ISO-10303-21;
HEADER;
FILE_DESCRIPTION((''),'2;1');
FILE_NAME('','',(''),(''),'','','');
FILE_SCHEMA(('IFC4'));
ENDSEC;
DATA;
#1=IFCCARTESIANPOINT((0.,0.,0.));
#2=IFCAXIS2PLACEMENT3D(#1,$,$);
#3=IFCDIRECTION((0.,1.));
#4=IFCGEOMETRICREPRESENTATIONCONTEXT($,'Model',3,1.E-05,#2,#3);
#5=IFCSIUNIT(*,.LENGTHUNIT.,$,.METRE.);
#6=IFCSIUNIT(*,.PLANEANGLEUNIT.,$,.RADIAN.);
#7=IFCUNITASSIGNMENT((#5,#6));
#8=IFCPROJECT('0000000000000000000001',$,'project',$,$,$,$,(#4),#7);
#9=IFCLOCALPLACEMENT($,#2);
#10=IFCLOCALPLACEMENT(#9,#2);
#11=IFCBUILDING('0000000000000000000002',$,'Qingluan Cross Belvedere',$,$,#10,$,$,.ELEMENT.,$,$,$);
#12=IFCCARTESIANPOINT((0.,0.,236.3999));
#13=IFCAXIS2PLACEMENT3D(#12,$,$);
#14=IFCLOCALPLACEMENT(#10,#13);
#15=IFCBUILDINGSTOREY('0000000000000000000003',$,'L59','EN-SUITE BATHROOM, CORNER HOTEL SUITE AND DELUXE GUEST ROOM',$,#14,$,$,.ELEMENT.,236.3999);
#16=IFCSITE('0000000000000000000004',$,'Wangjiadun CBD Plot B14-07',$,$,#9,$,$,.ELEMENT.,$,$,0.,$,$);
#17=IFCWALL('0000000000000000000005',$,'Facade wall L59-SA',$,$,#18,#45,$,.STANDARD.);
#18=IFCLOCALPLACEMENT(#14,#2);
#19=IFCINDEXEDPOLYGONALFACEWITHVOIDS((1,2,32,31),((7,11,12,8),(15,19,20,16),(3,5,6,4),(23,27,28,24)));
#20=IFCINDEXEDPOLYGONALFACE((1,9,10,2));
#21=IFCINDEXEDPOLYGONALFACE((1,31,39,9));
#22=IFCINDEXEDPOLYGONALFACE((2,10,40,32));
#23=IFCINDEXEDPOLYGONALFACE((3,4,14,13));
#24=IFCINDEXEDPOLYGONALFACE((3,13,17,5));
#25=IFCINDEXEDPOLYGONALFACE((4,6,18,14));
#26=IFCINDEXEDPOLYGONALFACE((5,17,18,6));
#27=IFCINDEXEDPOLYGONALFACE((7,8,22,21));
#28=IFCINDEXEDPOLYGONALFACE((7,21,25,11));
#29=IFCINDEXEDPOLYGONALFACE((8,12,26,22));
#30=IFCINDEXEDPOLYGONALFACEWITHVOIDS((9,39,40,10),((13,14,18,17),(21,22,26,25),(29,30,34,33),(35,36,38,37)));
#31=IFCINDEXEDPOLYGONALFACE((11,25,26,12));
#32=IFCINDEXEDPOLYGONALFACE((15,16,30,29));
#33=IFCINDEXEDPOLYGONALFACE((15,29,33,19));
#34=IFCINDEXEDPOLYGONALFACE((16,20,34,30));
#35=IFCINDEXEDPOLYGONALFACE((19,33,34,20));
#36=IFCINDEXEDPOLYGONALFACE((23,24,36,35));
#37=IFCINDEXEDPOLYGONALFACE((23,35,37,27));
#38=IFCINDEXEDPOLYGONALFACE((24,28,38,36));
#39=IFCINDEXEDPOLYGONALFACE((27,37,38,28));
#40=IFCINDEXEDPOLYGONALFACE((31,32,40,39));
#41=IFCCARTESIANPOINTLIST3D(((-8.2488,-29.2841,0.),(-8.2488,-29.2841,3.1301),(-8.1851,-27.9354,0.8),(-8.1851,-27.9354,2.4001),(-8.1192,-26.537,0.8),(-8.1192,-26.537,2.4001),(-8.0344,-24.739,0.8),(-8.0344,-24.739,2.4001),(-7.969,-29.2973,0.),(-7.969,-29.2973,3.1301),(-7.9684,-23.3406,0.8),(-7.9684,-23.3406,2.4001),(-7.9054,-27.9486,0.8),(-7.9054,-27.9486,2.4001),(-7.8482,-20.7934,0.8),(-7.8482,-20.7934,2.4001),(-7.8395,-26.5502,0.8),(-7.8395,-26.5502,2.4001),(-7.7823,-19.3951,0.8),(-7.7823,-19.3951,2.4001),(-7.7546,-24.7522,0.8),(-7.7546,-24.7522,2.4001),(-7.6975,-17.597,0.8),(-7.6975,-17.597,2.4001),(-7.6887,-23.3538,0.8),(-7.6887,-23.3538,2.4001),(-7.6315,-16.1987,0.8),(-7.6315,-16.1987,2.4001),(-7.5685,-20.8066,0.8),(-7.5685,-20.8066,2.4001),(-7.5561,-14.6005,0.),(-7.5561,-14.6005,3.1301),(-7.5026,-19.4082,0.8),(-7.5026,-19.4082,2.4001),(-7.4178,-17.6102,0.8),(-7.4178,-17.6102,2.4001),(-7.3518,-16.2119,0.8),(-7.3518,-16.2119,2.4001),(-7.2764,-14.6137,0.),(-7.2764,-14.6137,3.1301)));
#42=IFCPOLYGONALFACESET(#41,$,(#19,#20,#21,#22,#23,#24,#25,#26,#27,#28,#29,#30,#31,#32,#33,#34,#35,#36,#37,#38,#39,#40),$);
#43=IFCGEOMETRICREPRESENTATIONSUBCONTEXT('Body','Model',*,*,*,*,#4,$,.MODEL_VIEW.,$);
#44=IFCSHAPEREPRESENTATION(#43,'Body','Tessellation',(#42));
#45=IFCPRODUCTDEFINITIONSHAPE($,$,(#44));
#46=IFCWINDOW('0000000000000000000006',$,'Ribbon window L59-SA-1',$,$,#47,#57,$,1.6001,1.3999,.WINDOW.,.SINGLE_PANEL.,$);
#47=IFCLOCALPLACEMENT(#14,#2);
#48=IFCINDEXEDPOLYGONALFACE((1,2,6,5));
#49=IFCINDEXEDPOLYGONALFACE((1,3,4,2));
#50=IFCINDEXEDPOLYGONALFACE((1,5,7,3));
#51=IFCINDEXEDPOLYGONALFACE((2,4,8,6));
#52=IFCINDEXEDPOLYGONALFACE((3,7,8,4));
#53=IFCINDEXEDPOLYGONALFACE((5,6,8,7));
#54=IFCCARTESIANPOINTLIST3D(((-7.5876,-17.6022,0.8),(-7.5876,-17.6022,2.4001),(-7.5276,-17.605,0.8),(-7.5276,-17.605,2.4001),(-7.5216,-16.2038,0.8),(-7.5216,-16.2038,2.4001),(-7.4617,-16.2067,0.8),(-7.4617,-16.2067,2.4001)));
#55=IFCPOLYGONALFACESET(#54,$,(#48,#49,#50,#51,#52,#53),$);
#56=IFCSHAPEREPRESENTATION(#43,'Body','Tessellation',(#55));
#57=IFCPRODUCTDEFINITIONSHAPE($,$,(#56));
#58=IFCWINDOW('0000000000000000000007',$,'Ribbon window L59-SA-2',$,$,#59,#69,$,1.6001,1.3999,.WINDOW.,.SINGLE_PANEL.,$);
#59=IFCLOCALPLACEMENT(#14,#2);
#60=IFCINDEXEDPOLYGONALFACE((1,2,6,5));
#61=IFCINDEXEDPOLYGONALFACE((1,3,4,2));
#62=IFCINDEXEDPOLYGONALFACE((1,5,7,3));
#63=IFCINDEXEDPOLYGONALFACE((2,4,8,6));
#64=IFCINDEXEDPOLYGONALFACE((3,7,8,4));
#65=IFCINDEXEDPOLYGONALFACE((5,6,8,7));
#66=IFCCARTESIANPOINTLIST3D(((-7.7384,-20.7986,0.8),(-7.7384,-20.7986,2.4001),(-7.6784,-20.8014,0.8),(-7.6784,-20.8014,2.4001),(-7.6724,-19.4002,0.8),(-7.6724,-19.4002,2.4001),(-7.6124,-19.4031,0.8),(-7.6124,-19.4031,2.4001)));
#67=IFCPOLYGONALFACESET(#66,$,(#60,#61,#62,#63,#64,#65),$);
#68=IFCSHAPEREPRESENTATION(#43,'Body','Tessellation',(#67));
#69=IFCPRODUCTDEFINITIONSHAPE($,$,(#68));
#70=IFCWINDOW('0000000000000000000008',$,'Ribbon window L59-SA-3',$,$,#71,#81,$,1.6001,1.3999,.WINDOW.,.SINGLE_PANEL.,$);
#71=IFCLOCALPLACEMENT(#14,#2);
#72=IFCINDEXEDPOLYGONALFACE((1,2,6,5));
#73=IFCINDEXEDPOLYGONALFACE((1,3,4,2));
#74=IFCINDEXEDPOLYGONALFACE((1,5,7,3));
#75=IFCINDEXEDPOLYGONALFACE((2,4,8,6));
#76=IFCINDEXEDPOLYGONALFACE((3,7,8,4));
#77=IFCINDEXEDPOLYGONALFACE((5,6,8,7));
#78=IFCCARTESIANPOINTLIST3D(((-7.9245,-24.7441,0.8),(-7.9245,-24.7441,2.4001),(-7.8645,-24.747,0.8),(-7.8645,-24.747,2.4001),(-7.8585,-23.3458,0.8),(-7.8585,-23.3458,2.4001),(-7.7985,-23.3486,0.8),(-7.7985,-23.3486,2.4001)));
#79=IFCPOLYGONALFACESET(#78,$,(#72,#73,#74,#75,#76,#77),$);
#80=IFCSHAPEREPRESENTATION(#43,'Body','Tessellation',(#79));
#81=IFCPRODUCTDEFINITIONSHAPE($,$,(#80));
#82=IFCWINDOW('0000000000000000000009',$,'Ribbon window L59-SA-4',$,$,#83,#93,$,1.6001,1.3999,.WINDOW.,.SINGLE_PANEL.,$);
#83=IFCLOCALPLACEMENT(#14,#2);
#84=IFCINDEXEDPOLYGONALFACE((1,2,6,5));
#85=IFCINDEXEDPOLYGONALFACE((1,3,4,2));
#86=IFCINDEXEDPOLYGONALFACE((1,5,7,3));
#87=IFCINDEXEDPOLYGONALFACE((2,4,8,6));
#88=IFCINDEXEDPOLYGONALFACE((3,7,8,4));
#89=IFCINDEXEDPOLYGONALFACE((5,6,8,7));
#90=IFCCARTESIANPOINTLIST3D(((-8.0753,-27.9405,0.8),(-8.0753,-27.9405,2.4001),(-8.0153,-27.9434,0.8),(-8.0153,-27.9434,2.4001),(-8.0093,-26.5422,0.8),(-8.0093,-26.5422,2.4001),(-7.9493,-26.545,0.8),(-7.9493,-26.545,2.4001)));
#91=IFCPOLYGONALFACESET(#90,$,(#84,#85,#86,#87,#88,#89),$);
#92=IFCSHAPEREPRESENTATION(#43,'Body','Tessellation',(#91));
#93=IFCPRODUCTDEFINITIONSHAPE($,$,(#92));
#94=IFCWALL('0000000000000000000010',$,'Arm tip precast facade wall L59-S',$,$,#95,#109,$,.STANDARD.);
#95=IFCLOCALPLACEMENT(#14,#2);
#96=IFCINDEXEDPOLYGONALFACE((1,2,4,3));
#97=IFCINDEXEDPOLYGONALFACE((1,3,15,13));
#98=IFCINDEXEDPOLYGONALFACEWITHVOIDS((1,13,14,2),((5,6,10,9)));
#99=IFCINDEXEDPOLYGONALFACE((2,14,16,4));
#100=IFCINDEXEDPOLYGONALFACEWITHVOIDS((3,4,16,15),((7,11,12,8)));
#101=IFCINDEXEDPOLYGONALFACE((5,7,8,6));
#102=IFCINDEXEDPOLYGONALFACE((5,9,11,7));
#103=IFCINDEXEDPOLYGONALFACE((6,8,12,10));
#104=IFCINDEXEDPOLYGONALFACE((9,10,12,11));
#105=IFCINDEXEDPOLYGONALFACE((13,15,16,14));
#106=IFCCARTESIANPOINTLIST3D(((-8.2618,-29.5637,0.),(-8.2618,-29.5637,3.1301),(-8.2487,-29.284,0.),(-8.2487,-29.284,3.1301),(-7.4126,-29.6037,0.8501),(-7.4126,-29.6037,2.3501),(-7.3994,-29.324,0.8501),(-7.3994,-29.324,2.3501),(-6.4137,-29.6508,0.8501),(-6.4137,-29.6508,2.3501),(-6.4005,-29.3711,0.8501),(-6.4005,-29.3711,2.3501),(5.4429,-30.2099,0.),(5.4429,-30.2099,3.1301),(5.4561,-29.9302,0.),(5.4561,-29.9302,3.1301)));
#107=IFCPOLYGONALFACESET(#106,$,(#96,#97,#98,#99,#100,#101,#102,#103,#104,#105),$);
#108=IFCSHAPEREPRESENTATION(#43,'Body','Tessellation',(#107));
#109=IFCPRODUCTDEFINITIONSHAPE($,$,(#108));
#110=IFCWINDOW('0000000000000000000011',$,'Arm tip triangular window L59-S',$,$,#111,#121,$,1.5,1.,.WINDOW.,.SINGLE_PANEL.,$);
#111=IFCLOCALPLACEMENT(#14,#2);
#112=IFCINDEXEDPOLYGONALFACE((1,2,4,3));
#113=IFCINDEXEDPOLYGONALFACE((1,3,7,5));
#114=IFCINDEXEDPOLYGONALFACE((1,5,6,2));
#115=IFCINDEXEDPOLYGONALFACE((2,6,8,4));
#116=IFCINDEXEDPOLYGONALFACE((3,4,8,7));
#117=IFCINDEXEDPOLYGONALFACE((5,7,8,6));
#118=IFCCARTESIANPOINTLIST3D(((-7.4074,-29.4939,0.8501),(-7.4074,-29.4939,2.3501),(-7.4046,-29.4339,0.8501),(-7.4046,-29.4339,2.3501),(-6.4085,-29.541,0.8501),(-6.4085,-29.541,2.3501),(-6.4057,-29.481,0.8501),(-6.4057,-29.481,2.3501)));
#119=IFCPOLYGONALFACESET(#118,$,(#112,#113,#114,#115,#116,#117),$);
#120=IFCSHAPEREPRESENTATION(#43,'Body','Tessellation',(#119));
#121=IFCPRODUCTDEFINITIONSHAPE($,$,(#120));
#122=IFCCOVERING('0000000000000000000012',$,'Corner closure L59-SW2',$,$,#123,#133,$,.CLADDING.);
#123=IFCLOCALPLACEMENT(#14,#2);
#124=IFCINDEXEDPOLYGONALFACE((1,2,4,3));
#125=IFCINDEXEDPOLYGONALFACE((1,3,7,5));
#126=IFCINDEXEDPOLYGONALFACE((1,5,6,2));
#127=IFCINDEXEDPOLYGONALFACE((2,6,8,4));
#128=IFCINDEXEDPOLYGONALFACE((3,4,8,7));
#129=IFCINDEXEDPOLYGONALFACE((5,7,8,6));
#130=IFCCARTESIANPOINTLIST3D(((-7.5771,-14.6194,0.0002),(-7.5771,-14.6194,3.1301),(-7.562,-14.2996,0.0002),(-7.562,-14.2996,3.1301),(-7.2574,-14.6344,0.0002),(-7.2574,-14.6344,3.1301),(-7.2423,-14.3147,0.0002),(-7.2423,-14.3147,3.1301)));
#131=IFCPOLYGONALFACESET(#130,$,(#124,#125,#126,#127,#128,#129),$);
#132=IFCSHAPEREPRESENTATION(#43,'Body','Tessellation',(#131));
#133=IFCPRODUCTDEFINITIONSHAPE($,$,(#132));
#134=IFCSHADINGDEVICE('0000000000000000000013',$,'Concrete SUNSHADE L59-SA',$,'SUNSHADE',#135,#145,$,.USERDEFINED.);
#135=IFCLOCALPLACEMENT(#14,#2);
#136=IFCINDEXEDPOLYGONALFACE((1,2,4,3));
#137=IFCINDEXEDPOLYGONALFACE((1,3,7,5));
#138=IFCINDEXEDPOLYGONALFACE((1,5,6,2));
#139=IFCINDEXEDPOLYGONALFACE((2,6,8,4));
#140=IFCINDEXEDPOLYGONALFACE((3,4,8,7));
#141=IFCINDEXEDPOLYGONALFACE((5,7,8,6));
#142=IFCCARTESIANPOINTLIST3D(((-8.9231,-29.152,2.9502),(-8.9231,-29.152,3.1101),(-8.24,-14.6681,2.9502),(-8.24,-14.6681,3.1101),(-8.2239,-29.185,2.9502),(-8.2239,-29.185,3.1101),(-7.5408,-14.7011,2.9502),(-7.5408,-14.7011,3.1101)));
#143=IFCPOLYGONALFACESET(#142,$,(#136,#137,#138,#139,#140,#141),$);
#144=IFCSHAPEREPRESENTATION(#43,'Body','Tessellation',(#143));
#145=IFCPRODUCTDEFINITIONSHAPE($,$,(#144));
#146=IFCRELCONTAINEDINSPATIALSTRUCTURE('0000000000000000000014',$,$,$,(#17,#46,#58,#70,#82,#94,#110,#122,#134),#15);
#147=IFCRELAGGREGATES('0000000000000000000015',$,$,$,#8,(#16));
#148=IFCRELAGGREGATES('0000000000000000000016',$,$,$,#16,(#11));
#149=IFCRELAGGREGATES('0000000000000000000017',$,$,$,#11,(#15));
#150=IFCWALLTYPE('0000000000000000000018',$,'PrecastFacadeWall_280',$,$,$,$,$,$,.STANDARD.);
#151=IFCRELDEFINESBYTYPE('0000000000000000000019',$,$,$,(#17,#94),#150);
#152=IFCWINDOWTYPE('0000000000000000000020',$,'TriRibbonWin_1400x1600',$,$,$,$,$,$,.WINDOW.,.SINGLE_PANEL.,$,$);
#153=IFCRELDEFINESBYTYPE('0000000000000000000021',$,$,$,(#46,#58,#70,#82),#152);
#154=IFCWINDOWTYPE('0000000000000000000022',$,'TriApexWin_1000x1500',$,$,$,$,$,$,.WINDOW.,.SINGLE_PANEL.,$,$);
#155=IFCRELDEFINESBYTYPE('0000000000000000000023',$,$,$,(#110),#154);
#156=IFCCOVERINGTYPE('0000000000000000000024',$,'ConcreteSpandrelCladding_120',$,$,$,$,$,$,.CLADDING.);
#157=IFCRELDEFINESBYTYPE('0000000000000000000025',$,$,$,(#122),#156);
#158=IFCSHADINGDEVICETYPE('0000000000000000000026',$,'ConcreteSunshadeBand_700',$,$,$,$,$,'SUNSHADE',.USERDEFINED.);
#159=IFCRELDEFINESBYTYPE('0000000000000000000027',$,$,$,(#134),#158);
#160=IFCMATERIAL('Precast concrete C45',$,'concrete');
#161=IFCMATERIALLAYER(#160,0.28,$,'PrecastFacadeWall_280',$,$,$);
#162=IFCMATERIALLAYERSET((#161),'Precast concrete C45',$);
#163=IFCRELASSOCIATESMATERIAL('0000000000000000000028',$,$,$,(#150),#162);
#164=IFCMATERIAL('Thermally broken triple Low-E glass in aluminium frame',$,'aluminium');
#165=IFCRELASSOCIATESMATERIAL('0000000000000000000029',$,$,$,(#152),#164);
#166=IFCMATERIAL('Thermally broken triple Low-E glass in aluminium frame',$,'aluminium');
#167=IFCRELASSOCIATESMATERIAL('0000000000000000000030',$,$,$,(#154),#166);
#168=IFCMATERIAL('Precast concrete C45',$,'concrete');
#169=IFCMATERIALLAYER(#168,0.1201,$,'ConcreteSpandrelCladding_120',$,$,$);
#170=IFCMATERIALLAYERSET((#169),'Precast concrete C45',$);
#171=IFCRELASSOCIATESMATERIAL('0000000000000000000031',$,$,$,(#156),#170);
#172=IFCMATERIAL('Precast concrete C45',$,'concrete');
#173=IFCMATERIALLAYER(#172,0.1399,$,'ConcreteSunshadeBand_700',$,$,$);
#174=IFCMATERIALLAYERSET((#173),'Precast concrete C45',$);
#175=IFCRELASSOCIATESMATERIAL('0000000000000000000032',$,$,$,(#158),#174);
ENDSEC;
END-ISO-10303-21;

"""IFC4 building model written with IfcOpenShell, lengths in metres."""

from ifc_helpers import new_model, si_unit, direction, frame, frame_2d, origin, origin_2d, place, context, subcontext, project, spatial, rectangle, extrude, material, layer, layer_set, type_object, element, fill, save


model = new_model("IFC4")

# Units and contexts
model_context = context("Model", 3, precision=1e-05, world=origin(), true_north=direction((0.0, 1.0)))
body_context = subcontext(model_context, "Body", "Model", "MODEL_VIEW")
ifc_project = project(units=[si_unit("LENGTHUNIT", "METRE"), si_unit("PLANEANGLEUNIT", "RADIAN")], contexts=[model_context])

# Site, building, storey
site_placement = place(None, origin())
site = spatial("IfcSite", under=ifc_project, at=site_placement, Name="Wangjiadun CBD Plot B14-07", CompositionType="ELEMENT", RefElevation=0.0)
building_placement = place(site_placement, origin())
building = spatial("IfcBuilding", under=site, at=building_placement, Name="Qingluan Cross Belvedere", CompositionType="ELEMENT")
storey_placement = place(building_placement, frame((0.0, 0.0, 236.3999)))
storey = spatial("IfcBuildingStorey", under=building, at=storey_placement, Name="L59", Description="EN-SUITE BATHROOM, CORNER HOTEL SUITE AND DELUXE GUEST ROOM", CompositionType="ELEMENT", Elevation=236.3999)

# Wall, openings, windows
ifc_material_1 = material(Name="Precast concrete C45", Category="concrete")
ifc_layer_1 = layer(ifc_material_1, 0.28, Name="PrecastFacadeWall_280")
ifc_layer_set_1 = layer_set([ifc_layer_1], Name="Precast concrete C45")
wall_type_1 = type_object("IfcWallType", Name="PrecastFacadeWall_280", PredefinedType="STANDARD", material=ifc_layer_set_1)
wall_1_placement = place(storey_placement, frame((-7.4163, -14.6069, 0.0), z_axis=(0.0, 0.0, 1.0), x_axis=(-0.047118, -0.998889, 0.0)))
wall_1 = element("IfcWall", 1, at=wall_1_placement, inside=storey, type_object=wall_type_1, Name="Facade wall L59-SA", PredefinedType="STANDARD", context=body_context, shape_type="SweptSolid", body=[
    extrude(rectangle(XDim=14.7, YDim=0.28, at=frame_2d((7.3501, 0.0))), origin(), (0.0, 0.0, 1.0), 3.1301),
])
opening_1_placement = place(wall_1_placement, frame((1.6001, 0.0, 0.8)))
opening_1 = element("IfcOpeningElement", 2, at=opening_1_placement, cuts=wall_1, PredefinedType="OPENING", context=body_context, shape_type="SweptSolid", body=[
    extrude(rectangle(XDim=1.3999, YDim=1.6001, at=frame_2d((0.7, 0.8))), frame((0.0, 0.1499, 0.0), z_axis=(0.0, -1.0, 0.0), x_axis=(1.0, 0.0, 0.0)), (0.0, 0.0, 1.0), 0.3),
])
opening_2_placement = place(wall_1_placement, frame((4.8, 0.0, 0.8)))
opening_2 = element("IfcOpeningElement", 3, at=opening_2_placement, cuts=wall_1, PredefinedType="OPENING", context=body_context, shape_type="SweptSolid", body=[
    extrude(rectangle(XDim=1.3999, YDim=1.6001, at=frame_2d((0.7, 0.8))), frame((0.0, 0.1499, 0.0), z_axis=(0.0, -1.0, 0.0), x_axis=(1.0, 0.0, 0.0)), (0.0, 0.0, 1.0), 0.3),
])
opening_3_placement = place(wall_1_placement, frame((8.75, 0.0, 0.8)))
opening_3 = element("IfcOpeningElement", 4, at=opening_3_placement, cuts=wall_1, PredefinedType="OPENING", context=body_context, shape_type="SweptSolid", body=[
    extrude(rectangle(XDim=1.3999, YDim=1.6001, at=frame_2d((0.7, 0.8))), frame((0.0, 0.1499, 0.0), z_axis=(0.0, -1.0, 0.0), x_axis=(1.0, 0.0, 0.0)), (0.0, 0.0, 1.0), 0.3),
])
opening_4_placement = place(wall_1_placement, frame((11.95, 0.0, 0.8)))
opening_4 = element("IfcOpeningElement", 5, at=opening_4_placement, cuts=wall_1, PredefinedType="OPENING", context=body_context, shape_type="SweptSolid", body=[
    extrude(rectangle(XDim=1.3999, YDim=1.6001, at=frame_2d((0.7, 0.8))), frame((0.0, 0.1499, 0.0), z_axis=(0.0, -1.0, 0.0), x_axis=(1.0, 0.0, 0.0)), (0.0, 0.0, 1.0), 0.3),
])
ifc_material_2 = material(Name="Thermally broken triple Low-E glass in aluminium frame", Category="aluminium")
window_type_1 = type_object("IfcWindowType", Name="TriRibbonWin_1400x1600", PartitioningType="SINGLE_PANEL", PredefinedType="WINDOW", material=ifc_material_2)
window_1_placement = place(opening_1_placement, origin())
window_1 = element("IfcWindow", 6, at=window_1_placement, inside=storey, type_object=window_type_1, Name="Ribbon window L59-SA-1", OverallHeight=1.6001, OverallWidth=1.3999, PartitioningType="SINGLE_PANEL", PredefinedType="WINDOW", context=body_context, shape_type="SweptSolid", body=[
    extrude(rectangle(XDim=1.3999, YDim=1.6001, at=frame_2d((0.7, 0.8))), frame((0.0, 0.03, 0.0), z_axis=(0.0, -1.0, 0.0), x_axis=(1.0, 0.0, 0.0)), (0.0, 0.0, 1.0), 0.0601),
])
fill(opening_1, window_1)
window_2_placement = place(opening_2_placement, origin())
window_2 = element("IfcWindow", 7, at=window_2_placement, inside=storey, type_object=window_type_1, Name="Ribbon window L59-SA-2", OverallHeight=1.6001, OverallWidth=1.3999, PartitioningType="SINGLE_PANEL", PredefinedType="WINDOW", context=body_context, shape_type="SweptSolid", body=[
    extrude(rectangle(XDim=1.3999, YDim=1.6001, at=frame_2d((0.7, 0.8))), frame((0.0, 0.03, 0.0), z_axis=(0.0, -1.0, 0.0), x_axis=(1.0, 0.0, 0.0)), (0.0, 0.0, 1.0), 0.0601),
])
fill(opening_2, window_2)
window_3_placement = place(opening_3_placement, origin())
window_3 = element("IfcWindow", 8, at=window_3_placement, inside=storey, type_object=window_type_1, Name="Ribbon window L59-SA-3", OverallHeight=1.6001, OverallWidth=1.3999, PartitioningType="SINGLE_PANEL", PredefinedType="WINDOW", context=body_context, shape_type="SweptSolid", body=[
    extrude(rectangle(XDim=1.3999, YDim=1.6001, at=frame_2d((0.7, 0.8))), frame((0.0, 0.03, 0.0), z_axis=(0.0, -1.0, 0.0), x_axis=(1.0, 0.0, 0.0)), (0.0, 0.0, 1.0), 0.0601),
])
fill(opening_3, window_3)
window_4_placement = place(opening_4_placement, origin())
window_4 = element("IfcWindow", 9, at=window_4_placement, inside=storey, type_object=window_type_1, Name="Ribbon window L59-SA-4", OverallHeight=1.6001, OverallWidth=1.3999, PartitioningType="SINGLE_PANEL", PredefinedType="WINDOW", context=body_context, shape_type="SweptSolid", body=[
    extrude(rectangle(XDim=1.3999, YDim=1.6001, at=frame_2d((0.7, 0.8))), frame((0.0, 0.03, 0.0), z_axis=(0.0, -1.0, 0.0), x_axis=(1.0, 0.0, 0.0)), (0.0, 0.0, 1.0), 0.0601),
])
fill(opening_4, window_4)

# Wall, opening, window
wall_2_placement = place(storey_placement, frame((-8.2551, -29.4238, 0.0), z_axis=(0.0, 0.0, 1.0), x_axis=(0.99889, -0.047102, 0.0)))
wall_2 = element("IfcWall", 10, at=wall_2_placement, inside=storey, type_object=wall_type_1, Name="Arm tip precast facade wall L59-S", PredefinedType="STANDARD", context=body_context, shape_type="SweptSolid", body=[
    extrude(rectangle(XDim=13.72, YDim=0.28, at=frame_2d((6.8599, 0.0))), origin(), (0.0, 0.0, 1.0), 3.1301),
])
opening_5_placement = place(wall_2_placement, frame((0.8501, 0.0, 0.8501)))
opening_5 = element("IfcOpeningElement", 11, at=opening_5_placement, cuts=wall_2, PredefinedType="OPENING", context=body_context, shape_type="SweptSolid", body=[
    extrude(rectangle(XDim=1.0, YDim=1.5, at=frame_2d((0.5, 0.75))), frame((0.0, 0.1499, 0.0), z_axis=(0.0, -1.0, 0.0), x_axis=(1.0, 0.0, 0.0)), (0.0, 0.0, 1.0), 0.3),
])
ifc_material_3 = material(Name="Thermally broken triple Low-E glass in aluminium frame", Category="aluminium")
window_type_2 = type_object("IfcWindowType", Name="TriApexWin_1000x1500", PartitioningType="SINGLE_PANEL", PredefinedType="WINDOW", material=ifc_material_3)
window_5_placement = place(opening_5_placement, origin())
window_5 = element("IfcWindow", 12, at=window_5_placement, inside=storey, type_object=window_type_2, Name="Arm tip triangular window L59-S", OverallHeight=1.5, OverallWidth=1.0, PartitioningType="SINGLE_PANEL", PredefinedType="WINDOW", context=body_context, shape_type="SweptSolid", body=[
    extrude(rectangle(XDim=1.0, YDim=1.5, at=frame_2d((0.5, 0.75))), frame((0.0, 0.03, 0.0), z_axis=(0.0, -1.0, 0.0), x_axis=(1.0, 0.0, 0.0)), (0.0, 0.0, 1.0), 0.0601),
])
fill(opening_5, window_5)

# Covering
ifc_material_4 = material(Name="Precast concrete C45", Category="concrete")
ifc_layer_2 = layer(ifc_material_4, 0.1201, Name="ConcreteSpandrelCladding_120")
ifc_layer_set_2 = layer_set([ifc_layer_2], Name="Precast concrete C45")
covering_type = type_object("IfcCoveringType", Name="ConcreteSpandrelCladding_120", PredefinedType="CLADDING", material=ifc_layer_set_2)
covering_placement = place(storey_placement, frame((-7.4097, -14.467, 0.0002), z_axis=(0.0, 0.0, 1.0), x_axis=(0.99889, -0.047106, 0.0)))
element("IfcCovering", 13, at=covering_placement, inside=storey, type_object=covering_type, Name="Corner closure L59-SW2", PredefinedType="CLADDING", context=body_context, shape_type="SweptSolid", body=[
    extrude(rectangle(XDim=0.3201, YDim=0.3201, at=origin_2d()), origin(), (0.0, 0.0, 1.0), 3.1299),
])

# Shading device
ifc_material_5 = material(Name="Precast concrete C45", Category="concrete")
ifc_layer_3 = layer(ifc_material_5, 0.1399, Name="ConcreteSunshadeBand_700")
ifc_layer_set_3 = layer_set([ifc_layer_3], Name="Precast concrete C45")
shading_device_type = type_object("IfcShadingDeviceType", Name="ConcreteSunshadeBand_700", ElementType="SUNSHADE", PredefinedType="USERDEFINED", material=ifc_layer_set_3)
shading_device_placement = place(storey_placement, frame((-8.2319, -21.9265, 2.9502), z_axis=(0.0, 0.0, 1.0), x_axis=(-0.047109, -0.99889, 0.0)))
element("IfcShadingDevice", 14, at=shading_device_placement, inside=storey, type_object=shading_device_type, Name="Concrete SUNSHADE L59-SA", ObjectType="SUNSHADE", PredefinedType="USERDEFINED", context=body_context, shape_type="SweptSolid", body=[
    extrude(rectangle(XDim=14.5, YDim=0.7, at=origin_2d()), origin(), (0.0, 0.0, 1.0), 0.1599),
])

save(model, "model.ifc")
